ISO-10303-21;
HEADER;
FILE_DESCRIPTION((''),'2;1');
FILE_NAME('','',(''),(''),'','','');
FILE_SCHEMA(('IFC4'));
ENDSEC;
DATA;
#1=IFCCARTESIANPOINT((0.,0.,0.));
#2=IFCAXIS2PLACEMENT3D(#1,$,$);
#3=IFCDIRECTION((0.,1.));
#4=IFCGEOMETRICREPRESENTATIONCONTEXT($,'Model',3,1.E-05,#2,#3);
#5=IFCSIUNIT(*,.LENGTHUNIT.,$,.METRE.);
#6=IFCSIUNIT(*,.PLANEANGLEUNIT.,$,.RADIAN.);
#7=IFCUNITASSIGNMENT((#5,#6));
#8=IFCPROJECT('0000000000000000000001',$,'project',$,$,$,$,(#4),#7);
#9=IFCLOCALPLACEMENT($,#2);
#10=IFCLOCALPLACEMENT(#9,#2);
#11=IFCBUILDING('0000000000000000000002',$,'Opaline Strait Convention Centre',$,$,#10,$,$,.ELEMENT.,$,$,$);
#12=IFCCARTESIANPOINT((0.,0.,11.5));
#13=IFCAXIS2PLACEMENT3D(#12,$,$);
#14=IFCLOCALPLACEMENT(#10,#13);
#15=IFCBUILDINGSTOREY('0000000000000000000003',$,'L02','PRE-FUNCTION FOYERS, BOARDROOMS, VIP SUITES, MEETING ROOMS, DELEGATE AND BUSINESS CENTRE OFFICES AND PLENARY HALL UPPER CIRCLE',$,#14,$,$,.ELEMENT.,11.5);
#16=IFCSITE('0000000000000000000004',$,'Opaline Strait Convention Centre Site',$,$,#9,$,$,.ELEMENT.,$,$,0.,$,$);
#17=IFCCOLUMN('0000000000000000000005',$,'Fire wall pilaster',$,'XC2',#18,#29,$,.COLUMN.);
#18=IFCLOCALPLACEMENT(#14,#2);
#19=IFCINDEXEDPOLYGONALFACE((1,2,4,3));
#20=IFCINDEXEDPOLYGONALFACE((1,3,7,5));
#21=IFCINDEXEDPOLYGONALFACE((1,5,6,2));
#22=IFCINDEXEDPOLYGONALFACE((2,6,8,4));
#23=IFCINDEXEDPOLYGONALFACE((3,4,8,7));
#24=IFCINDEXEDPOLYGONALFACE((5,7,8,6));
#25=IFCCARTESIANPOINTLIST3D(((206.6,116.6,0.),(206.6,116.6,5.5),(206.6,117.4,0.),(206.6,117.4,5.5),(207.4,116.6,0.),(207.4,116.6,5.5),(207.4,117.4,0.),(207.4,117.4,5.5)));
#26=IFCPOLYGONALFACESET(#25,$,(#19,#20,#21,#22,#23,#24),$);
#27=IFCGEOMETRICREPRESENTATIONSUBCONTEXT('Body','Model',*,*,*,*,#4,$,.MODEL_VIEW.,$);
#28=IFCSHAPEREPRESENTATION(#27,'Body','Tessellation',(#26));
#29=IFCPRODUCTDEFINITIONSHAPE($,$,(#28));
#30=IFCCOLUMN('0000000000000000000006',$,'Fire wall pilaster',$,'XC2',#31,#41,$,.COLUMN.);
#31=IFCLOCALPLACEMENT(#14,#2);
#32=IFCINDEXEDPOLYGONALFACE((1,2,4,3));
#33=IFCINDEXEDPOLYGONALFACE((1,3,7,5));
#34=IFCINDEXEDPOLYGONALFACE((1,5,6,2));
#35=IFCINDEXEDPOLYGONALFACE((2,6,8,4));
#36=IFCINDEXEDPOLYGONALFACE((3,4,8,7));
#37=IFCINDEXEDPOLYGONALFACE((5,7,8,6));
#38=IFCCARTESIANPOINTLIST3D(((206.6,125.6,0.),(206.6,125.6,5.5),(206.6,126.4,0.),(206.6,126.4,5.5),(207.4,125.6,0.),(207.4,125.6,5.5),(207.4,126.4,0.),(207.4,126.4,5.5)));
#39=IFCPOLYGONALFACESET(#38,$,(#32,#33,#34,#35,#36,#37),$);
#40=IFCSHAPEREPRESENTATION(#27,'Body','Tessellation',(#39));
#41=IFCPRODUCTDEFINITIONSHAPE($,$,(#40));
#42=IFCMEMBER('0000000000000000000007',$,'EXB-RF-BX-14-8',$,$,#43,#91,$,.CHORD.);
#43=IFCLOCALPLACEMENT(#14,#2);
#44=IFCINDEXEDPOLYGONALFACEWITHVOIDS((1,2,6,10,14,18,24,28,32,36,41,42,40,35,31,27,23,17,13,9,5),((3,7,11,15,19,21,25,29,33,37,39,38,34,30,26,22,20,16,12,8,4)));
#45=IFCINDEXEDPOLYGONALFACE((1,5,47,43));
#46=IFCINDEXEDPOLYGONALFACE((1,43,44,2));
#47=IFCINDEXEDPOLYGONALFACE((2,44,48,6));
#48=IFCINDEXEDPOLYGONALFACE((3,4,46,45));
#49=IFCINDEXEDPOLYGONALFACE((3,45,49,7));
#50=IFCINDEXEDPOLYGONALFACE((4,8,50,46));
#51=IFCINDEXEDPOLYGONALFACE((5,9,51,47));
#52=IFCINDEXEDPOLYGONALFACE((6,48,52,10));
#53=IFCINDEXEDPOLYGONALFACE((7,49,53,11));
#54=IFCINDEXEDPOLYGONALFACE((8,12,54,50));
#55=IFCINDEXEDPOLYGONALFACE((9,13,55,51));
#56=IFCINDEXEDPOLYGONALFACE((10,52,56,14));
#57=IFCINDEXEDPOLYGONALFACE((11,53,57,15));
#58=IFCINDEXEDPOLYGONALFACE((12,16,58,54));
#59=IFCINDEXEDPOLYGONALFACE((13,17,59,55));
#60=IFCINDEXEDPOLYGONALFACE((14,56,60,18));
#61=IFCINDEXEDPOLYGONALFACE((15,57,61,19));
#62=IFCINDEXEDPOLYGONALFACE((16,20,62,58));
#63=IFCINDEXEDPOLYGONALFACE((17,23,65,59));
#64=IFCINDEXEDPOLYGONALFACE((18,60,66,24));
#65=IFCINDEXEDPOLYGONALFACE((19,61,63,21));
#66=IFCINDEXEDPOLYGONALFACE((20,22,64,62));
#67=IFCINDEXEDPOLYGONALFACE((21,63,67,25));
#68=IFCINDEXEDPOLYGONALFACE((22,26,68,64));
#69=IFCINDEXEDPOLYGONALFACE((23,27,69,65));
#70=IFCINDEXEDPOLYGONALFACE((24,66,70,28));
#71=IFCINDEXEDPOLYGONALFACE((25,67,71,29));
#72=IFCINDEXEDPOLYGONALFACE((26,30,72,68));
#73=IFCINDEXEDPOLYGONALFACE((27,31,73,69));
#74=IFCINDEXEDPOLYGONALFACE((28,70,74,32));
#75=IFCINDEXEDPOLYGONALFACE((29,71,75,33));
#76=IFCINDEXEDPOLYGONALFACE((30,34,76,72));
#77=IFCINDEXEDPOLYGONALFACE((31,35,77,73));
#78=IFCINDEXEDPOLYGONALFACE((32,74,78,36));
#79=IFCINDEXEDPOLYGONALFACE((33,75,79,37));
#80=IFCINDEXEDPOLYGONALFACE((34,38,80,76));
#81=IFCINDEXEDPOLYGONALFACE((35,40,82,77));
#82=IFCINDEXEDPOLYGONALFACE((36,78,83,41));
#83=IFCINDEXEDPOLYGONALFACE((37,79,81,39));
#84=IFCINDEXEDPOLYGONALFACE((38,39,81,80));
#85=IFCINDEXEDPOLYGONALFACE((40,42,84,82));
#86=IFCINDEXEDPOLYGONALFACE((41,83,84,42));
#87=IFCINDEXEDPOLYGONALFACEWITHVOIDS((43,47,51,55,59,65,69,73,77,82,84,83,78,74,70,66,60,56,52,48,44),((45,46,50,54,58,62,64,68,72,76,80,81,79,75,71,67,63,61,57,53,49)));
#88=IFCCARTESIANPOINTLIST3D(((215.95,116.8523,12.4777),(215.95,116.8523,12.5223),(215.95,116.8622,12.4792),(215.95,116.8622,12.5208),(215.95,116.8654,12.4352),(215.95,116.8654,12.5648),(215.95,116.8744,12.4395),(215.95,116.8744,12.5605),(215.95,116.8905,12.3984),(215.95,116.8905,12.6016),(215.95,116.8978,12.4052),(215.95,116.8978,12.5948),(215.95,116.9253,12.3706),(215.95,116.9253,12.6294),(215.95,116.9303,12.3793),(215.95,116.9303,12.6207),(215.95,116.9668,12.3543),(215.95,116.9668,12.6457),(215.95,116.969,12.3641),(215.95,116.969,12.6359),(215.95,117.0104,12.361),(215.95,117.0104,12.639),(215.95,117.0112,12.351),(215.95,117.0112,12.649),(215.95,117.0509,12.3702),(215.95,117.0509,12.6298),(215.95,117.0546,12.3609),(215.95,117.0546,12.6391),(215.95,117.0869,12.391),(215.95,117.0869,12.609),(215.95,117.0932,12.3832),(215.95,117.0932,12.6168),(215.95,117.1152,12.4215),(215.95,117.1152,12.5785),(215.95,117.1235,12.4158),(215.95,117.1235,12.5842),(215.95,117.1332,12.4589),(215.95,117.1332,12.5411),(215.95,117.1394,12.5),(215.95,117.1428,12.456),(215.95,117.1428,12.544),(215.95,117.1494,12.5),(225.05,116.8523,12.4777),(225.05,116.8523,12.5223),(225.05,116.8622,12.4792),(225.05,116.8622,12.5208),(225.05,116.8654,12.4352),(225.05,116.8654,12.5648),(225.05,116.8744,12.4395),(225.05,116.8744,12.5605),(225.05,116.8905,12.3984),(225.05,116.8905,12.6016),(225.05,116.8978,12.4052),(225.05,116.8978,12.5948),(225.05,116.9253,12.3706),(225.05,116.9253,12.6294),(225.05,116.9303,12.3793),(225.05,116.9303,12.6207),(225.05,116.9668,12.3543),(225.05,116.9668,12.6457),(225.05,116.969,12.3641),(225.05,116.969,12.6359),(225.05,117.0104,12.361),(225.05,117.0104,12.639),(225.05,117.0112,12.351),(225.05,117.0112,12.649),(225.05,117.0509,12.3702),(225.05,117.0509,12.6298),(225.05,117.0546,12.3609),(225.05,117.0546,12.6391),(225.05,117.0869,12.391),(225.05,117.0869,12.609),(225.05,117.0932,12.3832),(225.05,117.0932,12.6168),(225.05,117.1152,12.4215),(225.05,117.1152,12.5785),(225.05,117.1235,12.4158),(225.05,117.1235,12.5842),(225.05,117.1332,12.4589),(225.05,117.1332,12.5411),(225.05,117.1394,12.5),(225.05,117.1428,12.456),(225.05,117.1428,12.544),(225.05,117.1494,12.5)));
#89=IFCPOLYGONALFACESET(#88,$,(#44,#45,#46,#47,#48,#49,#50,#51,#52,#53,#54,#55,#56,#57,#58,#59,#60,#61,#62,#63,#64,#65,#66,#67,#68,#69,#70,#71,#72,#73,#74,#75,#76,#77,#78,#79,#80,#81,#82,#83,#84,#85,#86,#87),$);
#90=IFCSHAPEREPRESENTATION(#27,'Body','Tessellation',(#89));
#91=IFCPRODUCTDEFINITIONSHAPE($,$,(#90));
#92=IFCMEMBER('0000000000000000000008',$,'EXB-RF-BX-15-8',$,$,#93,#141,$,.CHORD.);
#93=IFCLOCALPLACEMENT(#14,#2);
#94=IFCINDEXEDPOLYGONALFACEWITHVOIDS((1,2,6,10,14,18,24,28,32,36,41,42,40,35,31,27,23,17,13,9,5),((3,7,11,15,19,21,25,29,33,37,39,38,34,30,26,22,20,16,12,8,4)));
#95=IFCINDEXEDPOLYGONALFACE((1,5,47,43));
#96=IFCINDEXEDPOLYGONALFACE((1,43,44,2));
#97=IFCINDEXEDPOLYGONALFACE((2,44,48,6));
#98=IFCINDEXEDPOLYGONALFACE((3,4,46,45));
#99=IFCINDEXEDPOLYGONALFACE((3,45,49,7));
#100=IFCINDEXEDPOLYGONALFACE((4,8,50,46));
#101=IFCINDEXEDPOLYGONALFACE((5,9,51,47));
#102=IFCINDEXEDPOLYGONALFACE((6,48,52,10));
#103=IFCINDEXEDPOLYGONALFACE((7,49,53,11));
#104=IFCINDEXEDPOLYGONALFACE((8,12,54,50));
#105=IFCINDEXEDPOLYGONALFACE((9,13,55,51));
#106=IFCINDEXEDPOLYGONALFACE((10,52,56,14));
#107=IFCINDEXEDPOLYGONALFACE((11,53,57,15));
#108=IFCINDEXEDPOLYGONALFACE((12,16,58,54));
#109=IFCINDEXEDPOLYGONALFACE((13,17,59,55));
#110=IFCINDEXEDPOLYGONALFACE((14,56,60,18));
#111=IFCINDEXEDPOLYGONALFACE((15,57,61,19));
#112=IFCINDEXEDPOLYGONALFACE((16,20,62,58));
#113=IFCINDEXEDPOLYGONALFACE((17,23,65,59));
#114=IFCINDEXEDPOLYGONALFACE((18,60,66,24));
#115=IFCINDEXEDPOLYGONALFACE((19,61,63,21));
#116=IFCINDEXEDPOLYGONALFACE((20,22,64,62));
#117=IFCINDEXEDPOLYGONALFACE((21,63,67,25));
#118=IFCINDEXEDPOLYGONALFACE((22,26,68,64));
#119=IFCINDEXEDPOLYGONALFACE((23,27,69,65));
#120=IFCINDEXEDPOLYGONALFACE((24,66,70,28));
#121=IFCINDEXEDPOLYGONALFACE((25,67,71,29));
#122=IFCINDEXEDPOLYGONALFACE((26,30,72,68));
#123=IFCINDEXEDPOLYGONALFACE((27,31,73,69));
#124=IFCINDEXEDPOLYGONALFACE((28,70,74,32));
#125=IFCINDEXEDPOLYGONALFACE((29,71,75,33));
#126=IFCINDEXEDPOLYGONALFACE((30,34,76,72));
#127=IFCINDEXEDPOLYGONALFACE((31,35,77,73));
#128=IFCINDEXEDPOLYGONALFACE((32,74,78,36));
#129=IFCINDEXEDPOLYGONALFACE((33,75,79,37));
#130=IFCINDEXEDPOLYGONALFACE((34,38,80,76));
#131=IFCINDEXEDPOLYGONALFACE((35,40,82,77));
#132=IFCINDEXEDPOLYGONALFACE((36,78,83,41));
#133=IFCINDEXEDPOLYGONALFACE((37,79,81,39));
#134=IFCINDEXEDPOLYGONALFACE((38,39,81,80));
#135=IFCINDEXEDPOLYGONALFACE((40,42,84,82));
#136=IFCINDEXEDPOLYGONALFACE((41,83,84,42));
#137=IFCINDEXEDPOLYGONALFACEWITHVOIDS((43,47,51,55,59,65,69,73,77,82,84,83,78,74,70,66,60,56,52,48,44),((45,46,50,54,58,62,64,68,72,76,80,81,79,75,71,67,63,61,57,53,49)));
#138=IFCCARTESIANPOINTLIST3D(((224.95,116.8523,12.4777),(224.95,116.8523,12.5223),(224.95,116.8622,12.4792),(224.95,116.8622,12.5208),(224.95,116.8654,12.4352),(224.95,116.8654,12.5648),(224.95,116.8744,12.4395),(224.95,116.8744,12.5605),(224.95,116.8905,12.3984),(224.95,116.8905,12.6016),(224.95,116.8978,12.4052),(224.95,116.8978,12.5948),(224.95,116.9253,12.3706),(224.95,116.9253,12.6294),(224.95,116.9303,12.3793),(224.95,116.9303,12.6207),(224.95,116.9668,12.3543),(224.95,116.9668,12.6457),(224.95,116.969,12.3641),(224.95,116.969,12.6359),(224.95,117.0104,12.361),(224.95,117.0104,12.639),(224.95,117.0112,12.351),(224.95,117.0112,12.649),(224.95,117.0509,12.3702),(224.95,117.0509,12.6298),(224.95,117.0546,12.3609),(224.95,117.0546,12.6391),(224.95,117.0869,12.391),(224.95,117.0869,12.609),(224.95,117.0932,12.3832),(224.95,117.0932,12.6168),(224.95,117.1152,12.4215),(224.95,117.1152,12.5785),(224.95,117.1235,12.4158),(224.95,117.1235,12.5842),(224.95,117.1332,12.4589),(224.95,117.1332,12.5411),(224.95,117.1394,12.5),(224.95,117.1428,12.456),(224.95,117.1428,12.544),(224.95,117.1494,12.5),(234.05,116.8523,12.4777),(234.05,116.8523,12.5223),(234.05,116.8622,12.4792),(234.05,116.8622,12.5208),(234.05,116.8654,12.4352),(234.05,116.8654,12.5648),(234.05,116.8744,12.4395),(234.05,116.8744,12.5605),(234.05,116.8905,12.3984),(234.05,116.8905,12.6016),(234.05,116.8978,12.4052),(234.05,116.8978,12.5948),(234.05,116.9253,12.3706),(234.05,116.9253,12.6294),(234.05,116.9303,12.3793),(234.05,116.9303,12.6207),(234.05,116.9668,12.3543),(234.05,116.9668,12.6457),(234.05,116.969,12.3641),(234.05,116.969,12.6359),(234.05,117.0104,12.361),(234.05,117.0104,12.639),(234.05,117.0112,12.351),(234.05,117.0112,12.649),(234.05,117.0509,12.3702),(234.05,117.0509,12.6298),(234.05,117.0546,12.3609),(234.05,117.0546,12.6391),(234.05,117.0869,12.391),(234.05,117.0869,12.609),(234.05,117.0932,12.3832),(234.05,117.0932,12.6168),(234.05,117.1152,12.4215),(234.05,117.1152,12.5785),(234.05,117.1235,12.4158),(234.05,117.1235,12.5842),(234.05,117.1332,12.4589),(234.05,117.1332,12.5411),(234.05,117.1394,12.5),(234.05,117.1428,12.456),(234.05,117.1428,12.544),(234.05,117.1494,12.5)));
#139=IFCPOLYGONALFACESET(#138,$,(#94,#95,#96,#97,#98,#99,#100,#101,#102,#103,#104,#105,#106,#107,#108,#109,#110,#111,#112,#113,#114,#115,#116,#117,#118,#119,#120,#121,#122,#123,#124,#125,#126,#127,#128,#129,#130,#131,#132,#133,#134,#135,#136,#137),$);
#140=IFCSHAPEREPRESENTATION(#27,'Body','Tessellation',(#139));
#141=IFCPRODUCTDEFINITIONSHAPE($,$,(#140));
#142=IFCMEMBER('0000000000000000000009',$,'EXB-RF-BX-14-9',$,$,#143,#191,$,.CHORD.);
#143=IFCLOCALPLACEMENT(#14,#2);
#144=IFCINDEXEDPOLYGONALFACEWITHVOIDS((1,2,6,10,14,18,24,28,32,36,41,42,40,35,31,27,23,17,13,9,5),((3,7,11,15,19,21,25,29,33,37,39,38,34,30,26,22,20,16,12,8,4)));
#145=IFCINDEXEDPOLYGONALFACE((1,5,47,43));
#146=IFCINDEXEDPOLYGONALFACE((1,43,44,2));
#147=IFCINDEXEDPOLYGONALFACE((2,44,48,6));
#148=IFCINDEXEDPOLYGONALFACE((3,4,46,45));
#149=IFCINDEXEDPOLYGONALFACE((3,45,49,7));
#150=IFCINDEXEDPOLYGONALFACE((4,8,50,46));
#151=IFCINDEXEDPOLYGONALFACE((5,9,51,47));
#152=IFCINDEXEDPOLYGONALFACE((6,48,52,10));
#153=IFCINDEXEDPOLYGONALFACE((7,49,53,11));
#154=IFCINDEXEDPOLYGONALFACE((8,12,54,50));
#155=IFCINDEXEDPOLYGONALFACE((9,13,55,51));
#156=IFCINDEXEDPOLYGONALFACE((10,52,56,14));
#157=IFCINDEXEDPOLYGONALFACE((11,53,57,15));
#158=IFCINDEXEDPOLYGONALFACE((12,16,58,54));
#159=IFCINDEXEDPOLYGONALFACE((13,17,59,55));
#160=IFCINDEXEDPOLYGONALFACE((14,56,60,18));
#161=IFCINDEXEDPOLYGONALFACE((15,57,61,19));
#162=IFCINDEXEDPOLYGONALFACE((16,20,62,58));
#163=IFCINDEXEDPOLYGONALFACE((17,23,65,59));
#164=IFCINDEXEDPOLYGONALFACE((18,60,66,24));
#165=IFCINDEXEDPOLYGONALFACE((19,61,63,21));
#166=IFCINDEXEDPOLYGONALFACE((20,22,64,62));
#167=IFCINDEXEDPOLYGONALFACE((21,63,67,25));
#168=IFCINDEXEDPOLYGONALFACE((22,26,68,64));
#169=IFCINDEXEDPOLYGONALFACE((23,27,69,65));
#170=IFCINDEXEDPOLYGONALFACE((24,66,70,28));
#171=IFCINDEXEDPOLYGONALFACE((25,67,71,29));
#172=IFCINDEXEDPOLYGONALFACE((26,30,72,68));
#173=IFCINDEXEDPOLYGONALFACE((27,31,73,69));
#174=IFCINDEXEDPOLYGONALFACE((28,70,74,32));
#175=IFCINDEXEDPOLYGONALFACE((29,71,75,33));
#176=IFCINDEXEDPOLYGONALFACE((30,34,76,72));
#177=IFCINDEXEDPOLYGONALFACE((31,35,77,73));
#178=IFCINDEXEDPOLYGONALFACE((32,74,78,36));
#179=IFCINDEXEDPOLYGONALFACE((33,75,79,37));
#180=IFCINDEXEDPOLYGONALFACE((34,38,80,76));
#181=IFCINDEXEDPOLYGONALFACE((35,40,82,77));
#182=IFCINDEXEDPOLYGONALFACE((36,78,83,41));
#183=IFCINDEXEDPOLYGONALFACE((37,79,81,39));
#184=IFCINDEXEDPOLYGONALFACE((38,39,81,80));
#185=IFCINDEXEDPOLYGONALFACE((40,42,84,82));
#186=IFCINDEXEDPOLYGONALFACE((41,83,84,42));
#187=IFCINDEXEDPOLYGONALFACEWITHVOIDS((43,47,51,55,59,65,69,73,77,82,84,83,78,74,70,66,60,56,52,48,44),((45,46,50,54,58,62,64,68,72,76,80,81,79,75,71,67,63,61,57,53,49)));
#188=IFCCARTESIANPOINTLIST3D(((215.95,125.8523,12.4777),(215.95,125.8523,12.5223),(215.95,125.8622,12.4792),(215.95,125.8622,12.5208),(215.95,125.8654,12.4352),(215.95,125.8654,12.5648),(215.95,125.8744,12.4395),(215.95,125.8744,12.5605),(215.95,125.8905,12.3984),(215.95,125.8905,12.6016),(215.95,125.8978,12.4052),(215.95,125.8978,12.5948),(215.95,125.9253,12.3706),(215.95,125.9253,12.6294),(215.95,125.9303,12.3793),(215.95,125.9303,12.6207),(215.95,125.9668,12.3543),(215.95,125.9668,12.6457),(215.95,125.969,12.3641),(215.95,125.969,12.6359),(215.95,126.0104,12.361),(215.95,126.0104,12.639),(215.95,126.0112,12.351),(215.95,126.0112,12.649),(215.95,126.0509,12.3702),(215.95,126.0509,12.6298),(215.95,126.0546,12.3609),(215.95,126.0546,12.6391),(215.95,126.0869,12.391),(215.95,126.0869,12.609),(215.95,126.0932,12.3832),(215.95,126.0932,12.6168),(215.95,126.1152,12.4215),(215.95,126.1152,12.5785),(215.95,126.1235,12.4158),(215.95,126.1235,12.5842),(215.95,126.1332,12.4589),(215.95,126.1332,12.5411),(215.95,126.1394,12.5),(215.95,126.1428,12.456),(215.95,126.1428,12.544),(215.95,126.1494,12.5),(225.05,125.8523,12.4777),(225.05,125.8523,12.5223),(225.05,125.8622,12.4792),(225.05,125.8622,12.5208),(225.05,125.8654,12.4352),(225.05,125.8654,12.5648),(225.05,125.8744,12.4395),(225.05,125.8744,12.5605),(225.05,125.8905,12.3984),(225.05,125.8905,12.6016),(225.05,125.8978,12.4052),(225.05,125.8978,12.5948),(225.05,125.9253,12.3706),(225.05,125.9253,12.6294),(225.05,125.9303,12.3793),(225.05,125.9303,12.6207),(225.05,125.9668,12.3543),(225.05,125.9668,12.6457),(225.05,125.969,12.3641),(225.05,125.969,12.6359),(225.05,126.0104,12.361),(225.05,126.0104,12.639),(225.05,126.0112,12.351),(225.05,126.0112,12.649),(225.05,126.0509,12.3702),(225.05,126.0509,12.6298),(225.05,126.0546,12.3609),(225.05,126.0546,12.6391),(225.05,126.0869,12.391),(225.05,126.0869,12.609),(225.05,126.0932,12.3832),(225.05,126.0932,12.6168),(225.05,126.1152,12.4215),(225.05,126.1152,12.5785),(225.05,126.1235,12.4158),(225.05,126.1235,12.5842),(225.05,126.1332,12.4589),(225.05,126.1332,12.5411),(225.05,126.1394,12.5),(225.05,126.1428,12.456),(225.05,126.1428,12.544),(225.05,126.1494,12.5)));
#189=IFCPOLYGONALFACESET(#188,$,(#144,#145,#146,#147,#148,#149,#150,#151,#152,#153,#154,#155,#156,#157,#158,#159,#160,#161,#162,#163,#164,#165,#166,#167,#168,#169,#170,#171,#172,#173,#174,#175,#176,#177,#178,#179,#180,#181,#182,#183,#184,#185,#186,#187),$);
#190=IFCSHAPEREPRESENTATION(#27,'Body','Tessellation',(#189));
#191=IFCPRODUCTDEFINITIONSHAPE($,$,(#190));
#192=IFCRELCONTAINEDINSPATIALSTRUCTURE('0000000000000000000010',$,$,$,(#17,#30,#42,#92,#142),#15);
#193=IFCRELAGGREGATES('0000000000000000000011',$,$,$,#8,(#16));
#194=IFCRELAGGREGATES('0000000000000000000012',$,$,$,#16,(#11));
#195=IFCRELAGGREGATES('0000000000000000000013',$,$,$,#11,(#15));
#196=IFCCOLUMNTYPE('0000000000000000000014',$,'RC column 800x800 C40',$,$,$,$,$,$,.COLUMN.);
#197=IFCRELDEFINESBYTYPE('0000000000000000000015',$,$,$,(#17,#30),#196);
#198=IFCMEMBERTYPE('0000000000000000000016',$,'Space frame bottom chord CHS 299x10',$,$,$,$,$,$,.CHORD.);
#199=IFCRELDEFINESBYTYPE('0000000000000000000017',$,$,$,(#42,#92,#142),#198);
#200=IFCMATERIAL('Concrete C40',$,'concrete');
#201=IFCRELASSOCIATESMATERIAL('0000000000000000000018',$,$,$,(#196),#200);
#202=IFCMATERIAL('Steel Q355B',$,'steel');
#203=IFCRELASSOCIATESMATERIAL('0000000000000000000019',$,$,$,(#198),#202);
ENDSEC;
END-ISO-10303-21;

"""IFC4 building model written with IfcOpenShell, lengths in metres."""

from ifc_helpers import new_model, si_unit, direction, frame, origin, origin_2d, place, context, subcontext, project, spatial, rectangle, hollow_circle, extrude, material, material_profile, profile_set, type_object, element, save


model = new_model("IFC4")

# Units and contexts
model_context = context("Model", 3, precision=1e-05, world=origin(), true_north=direction((0.0, 1.0)))
body_context = subcontext(model_context, "Body", "Model", "MODEL_VIEW")
ifc_project = project(units=[si_unit("LENGTHUNIT", "METRE"), si_unit("PLANEANGLEUNIT", "RADIAN")], contexts=[model_context])

# Site, building, storey
site_placement = place(None, origin())
site = spatial("IfcSite", under=ifc_project, at=site_placement, Name="Opaline Strait Convention Centre Site", CompositionType="ELEMENT", RefElevation=0.0)
building_placement = place(site_placement, origin())
building = spatial("IfcBuilding", under=site, at=building_placement, Name="Opaline Strait Convention Centre", CompositionType="ELEMENT")
storey_placement = place(building_placement, frame((0.0, 0.0, 11.5)))
storey = spatial("IfcBuildingStorey", under=building, at=storey_placement, Name="L02", Description="PRE-FUNCTION FOYERS, BOARDROOMS, VIP SUITES, MEETING ROOMS, DELEGATE AND BUSINESS CENTRE OFFICES AND PLENARY HALL UPPER CIRCLE", CompositionType="ELEMENT", Elevation=11.5)

# Columns
ifc_material_1 = material(Name="Concrete C40", Category="concrete")
ifc_material_profile_1 = material_profile(ifc_material_1, rectangle(XDim=0.8, YDim=0.8, at=origin_2d()), Name="RC 800x800")
ifc_profile_set_1 = profile_set([ifc_material_profile_1], Name="Concrete C40")
column_type = type_object("IfcColumnType", Name="RC column 800x800 C40", PredefinedType="COLUMN", material=ifc_profile_set_1)
for number, where, z_axis, x_axis, name in (
    (1, (207.0, 117.0, 0.0), (0.0, 0.0, 1.0), (1.0, 0.0, 0.0), "Fire wall pilaster"),
    (2, (207.0, 126.0, 0.0), (0.0, 0.0, 1.0), (1.0, 0.0, 0.0), "Fire wall pilaster"),
):
    element("IfcColumn", number, at=place(storey_placement, frame(where, z_axis=z_axis, x_axis=x_axis)), inside=storey, type_object=column_type, Name=name, ObjectType="XC2", PredefinedType="COLUMN", context=body_context, shape_type="SweptSolid", body=[
        extrude(rectangle(XDim=0.8, YDim=0.8, at=origin_2d()), origin(), (0.0, 0.0, 1.0), 5.5),
    ])

# Members
ifc_material_2 = material(Name="Steel Q355B", Category="steel")
ifc_material_profile_2 = material_profile(ifc_material_2, hollow_circle(Radius=0.1494, WallThickness=0.01, at=origin_2d()), Name="CHS 299x10")
ifc_profile_set_2 = profile_set([ifc_material_profile_2], Name="Steel Q355B")
member_type_1 = type_object("IfcMemberType", Name="Space frame bottom chord CHS 299x10", PredefinedType="CHORD", material=ifc_profile_set_2)
for number, where, z_axis, x_axis, name in (
    (3, (215.95, 117.0, 12.5), (1.0, 0.0, 0.0), (0.0, 1.0, 0.0), "EXB-RF-BX-14-8"),
    (4, (224.95, 117.0, 12.5), (1.0, 0.0, 0.0), (0.0, 1.0, 0.0), "EXB-RF-BX-15-8"),
    (5, (215.95, 126.0, 12.5), (1.0, 0.0, 0.0), (0.0, 1.0, 0.0), "EXB-RF-BX-14-9"),
):
    element("IfcMember", number, at=place(storey_placement, frame(where, z_axis=z_axis, x_axis=x_axis)), inside=storey, type_object=member_type_1, Name=name, PredefinedType="CHORD", context=body_context, shape_type="SweptSolid", body=[
        extrude(hollow_circle(Radius=0.1494, WallThickness=0.01, at=origin_2d()), origin(), (0.0, 0.0, 1.0), 9.1001),
    ])

save(model, "model.ifc")
